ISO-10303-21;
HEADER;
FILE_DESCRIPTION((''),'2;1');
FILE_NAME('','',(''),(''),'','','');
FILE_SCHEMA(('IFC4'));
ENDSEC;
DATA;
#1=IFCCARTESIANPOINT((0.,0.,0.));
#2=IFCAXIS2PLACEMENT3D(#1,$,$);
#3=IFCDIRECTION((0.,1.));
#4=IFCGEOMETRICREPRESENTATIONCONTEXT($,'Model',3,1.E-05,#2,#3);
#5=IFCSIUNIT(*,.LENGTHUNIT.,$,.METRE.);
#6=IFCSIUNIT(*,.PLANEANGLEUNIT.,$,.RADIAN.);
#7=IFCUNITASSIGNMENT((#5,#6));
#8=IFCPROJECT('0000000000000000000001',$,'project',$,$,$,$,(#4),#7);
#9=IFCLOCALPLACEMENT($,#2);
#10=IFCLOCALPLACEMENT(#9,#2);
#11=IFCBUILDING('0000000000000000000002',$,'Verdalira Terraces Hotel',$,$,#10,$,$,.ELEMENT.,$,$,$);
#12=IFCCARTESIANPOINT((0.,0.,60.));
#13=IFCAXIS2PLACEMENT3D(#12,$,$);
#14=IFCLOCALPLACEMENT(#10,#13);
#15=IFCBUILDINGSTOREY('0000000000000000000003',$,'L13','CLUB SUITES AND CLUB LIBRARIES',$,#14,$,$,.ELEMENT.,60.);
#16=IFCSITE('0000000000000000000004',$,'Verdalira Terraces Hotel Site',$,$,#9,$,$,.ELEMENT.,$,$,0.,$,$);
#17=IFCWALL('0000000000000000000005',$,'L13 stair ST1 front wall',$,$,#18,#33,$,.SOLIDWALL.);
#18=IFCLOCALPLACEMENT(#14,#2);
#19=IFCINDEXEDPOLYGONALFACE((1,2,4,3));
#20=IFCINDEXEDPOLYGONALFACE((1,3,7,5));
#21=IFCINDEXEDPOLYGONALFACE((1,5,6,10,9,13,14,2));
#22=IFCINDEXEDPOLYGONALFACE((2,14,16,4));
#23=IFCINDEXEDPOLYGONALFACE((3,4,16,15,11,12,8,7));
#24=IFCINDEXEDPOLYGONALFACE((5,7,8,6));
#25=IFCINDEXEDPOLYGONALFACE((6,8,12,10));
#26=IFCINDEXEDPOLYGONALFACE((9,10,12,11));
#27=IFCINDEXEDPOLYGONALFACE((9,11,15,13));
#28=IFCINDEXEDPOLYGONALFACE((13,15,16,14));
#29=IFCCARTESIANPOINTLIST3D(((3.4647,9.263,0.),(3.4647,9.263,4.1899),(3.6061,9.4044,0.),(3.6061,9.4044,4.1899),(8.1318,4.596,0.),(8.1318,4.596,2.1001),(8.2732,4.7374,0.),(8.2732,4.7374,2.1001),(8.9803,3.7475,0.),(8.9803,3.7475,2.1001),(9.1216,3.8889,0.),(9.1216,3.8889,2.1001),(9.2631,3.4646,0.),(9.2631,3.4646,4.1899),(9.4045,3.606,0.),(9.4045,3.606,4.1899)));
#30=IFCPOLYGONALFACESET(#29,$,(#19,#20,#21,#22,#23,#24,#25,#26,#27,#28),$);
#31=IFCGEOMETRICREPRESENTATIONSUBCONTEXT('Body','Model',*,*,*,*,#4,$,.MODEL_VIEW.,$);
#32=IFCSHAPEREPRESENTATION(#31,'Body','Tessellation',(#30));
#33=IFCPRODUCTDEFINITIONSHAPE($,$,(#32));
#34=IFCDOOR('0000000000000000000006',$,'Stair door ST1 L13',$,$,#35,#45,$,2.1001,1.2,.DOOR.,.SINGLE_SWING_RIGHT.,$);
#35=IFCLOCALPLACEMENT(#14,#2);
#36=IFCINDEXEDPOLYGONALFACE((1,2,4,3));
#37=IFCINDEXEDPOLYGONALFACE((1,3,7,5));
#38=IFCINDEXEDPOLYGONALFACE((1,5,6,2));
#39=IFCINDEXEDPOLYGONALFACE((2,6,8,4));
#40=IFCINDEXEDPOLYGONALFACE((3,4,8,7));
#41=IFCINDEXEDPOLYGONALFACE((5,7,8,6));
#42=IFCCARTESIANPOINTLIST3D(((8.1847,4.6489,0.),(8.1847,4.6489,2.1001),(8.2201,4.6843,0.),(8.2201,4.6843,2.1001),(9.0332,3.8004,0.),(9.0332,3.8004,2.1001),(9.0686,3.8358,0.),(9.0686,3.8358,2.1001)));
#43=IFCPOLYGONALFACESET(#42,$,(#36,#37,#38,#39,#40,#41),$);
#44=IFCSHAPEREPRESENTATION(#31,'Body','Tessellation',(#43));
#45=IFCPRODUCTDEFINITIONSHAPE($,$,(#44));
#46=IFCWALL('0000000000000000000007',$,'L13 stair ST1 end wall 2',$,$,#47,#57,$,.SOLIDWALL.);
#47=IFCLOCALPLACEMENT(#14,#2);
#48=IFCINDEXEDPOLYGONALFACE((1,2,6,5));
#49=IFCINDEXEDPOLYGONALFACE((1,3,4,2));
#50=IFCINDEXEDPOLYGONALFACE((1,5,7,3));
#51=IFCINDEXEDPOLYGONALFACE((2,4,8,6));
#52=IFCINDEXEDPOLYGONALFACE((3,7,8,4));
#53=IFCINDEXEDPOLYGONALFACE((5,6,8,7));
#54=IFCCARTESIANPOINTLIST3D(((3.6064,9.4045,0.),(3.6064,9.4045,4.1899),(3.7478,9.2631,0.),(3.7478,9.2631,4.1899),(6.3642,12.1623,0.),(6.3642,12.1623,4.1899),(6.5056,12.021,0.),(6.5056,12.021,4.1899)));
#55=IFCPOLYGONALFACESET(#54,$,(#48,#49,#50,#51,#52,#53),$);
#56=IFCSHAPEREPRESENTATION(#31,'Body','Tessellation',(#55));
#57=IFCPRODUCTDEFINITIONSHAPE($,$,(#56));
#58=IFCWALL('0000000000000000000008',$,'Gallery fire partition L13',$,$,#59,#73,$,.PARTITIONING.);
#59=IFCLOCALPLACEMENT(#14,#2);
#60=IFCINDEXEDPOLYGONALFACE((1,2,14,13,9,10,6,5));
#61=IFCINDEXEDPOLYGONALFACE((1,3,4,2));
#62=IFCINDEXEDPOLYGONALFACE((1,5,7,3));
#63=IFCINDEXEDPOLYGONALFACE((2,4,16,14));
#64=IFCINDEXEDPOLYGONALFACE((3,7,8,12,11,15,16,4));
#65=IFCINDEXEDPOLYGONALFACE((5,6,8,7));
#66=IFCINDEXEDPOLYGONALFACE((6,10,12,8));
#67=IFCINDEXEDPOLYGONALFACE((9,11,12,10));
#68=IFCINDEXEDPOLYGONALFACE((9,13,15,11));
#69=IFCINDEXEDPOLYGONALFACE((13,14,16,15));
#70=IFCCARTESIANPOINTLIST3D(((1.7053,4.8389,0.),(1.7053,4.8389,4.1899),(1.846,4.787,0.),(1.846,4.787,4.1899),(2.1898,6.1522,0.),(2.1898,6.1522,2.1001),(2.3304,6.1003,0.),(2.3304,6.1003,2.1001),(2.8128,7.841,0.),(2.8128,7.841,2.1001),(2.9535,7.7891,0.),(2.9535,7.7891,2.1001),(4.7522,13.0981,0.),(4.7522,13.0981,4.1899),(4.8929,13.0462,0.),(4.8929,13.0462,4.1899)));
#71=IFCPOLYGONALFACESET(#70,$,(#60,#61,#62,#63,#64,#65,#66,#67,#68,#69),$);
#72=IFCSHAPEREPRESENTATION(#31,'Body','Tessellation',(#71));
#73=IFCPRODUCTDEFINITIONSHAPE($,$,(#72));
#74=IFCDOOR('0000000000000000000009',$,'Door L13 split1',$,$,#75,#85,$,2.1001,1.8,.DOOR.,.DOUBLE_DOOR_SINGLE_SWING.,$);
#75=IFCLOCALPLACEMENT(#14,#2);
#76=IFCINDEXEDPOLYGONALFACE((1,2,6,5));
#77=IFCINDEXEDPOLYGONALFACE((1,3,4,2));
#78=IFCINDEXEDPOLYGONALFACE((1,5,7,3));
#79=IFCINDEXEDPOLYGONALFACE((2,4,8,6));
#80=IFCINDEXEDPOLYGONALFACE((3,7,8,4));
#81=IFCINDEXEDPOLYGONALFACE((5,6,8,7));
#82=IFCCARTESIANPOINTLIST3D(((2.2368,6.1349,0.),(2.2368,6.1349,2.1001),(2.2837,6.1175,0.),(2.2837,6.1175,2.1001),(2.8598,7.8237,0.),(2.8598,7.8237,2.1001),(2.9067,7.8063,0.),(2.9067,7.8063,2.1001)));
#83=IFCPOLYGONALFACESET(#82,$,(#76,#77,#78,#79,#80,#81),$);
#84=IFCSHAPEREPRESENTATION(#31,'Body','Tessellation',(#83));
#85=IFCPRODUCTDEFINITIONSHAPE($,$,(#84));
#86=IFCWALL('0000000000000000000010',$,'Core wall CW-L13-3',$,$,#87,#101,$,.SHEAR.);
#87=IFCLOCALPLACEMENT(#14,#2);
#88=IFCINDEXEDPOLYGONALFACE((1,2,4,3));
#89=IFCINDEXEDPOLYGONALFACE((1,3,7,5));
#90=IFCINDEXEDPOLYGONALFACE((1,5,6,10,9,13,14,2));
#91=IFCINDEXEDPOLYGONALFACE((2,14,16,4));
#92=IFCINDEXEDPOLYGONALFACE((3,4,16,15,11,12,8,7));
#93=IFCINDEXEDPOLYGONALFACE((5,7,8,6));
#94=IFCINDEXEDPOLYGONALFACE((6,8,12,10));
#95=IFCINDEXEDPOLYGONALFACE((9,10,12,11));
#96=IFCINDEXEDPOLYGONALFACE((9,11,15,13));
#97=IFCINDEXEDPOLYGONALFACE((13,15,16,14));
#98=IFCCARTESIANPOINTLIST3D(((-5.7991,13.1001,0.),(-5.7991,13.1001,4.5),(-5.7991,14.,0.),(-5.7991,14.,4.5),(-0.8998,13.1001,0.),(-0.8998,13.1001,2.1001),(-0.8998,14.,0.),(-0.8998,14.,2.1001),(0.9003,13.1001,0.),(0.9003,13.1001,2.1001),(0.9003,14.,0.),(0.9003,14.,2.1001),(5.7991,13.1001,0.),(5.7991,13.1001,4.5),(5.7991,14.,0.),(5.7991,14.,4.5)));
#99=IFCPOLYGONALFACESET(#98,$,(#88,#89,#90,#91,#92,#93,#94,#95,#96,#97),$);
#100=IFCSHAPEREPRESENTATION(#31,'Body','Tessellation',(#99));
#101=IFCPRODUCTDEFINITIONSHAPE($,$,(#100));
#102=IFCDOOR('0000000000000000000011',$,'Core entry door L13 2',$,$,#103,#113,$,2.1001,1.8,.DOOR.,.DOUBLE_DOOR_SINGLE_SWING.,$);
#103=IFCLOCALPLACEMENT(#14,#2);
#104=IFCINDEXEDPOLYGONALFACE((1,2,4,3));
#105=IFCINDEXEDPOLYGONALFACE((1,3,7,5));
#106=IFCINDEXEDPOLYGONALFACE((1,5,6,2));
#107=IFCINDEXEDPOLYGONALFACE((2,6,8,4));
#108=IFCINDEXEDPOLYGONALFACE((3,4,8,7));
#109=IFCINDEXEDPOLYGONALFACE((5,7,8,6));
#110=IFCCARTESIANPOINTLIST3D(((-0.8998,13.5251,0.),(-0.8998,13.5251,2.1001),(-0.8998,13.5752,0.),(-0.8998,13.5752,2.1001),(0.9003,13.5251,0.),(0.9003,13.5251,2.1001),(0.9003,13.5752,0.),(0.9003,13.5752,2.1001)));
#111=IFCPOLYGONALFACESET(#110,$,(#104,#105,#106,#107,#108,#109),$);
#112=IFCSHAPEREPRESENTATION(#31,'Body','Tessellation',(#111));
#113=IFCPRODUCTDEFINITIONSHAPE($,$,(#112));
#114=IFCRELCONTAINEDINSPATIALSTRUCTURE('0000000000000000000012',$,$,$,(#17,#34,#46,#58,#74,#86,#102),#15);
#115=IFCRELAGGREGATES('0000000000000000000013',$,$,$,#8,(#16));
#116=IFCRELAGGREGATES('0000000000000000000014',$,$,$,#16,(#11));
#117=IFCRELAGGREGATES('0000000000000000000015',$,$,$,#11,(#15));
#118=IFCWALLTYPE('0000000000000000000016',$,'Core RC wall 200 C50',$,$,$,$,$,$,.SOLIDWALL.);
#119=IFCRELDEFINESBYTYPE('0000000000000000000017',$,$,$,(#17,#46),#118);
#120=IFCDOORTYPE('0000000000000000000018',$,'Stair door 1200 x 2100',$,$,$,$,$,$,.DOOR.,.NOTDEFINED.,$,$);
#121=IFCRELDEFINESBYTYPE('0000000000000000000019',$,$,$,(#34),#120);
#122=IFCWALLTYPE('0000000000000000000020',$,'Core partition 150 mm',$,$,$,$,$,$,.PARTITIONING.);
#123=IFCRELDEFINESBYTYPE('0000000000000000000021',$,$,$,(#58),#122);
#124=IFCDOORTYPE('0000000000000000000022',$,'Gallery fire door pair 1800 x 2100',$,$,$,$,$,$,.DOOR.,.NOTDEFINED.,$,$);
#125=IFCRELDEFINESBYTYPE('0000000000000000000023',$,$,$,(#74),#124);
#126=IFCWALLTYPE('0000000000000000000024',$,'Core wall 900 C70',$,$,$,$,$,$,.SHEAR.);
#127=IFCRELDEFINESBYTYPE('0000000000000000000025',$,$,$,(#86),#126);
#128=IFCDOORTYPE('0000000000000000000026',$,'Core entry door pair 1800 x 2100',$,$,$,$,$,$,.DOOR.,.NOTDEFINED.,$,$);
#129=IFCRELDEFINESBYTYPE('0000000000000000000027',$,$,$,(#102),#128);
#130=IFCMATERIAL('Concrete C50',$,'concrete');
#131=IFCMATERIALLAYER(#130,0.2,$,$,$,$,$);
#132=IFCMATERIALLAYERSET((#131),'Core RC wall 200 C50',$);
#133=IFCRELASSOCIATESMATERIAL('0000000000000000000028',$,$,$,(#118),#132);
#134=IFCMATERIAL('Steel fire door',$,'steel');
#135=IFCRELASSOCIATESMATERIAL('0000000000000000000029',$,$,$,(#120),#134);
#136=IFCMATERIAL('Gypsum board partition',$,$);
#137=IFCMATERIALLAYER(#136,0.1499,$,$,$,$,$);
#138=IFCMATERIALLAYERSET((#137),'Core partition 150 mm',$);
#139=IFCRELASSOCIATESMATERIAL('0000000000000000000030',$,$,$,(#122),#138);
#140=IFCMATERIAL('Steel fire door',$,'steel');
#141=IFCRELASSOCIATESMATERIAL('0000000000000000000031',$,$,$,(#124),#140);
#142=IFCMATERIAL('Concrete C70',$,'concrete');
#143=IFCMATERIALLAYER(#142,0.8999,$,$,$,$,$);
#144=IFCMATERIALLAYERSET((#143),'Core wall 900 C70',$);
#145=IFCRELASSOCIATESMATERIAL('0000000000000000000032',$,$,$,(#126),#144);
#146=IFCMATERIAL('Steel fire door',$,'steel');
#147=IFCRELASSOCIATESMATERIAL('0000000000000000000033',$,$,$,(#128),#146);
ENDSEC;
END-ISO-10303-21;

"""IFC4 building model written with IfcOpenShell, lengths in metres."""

from ifc_helpers import new_model, si_unit, direction, frame, frame_2d, origin, place, context, subcontext, project, spatial, rectangle, extrude, material, layer, layer_set, type_object, element, fill, save


model = new_model("IFC4")

# Units and contexts
model_context = context("Model", 3, precision=1e-05, world=origin(), true_north=direction((0.0, 1.0)))
body_context = subcontext(model_context, "Body", "Model", "MODEL_VIEW")
ifc_project = project(units=[si_unit("LENGTHUNIT", "METRE"), si_unit("PLANEANGLEUNIT", "RADIAN")], contexts=[model_context])

# Site, building, storey
site_placement = place(None, origin())
site = spatial("IfcSite", under=ifc_project, at=site_placement, Name="Verdalira Terraces Hotel Site", CompositionType="ELEMENT", RefElevation=0.0)
building_placement = place(site_placement, origin())
building = spatial("IfcBuilding", under=site, at=building_placement, Name="Verdalira Terraces Hotel", CompositionType="ELEMENT")
storey_placement = place(building_placement, frame((0.0, 0.0, 60.0)))
storey = spatial("IfcBuildingStorey", under=building, at=storey_placement, Name="L13", Description="CLUB SUITES AND CLUB LIBRARIES", CompositionType="ELEMENT", Elevation=60.0)

# Shared definitions
ifc_material_1 = material(Name="Concrete C50", Category="concrete")
ifc_layer_1 = layer(ifc_material_1, 0.2)
ifc_layer_set_1 = layer_set([ifc_layer_1], Name="Core RC wall 200 C50")
wall_type_1 = type_object("IfcWallType", Name="Core RC wall 200 C50", PredefinedType="SOLIDWALL", material=ifc_layer_set_1)

# Wall, opening, door
wall_1_placement = place(storey_placement, frame((3.5354, 9.3337, 0.0), z_axis=(0.0, 0.0, 1.0), x_axis=(0.707107, -0.707107, 0.0)))
wall_1 = element("IfcWall", 1, at=wall_1_placement, inside=storey, type_object=wall_type_1, Name="L13 stair ST1 front wall", PredefinedType="SOLIDWALL", context=body_context, shape_type="SweptSolid", body=[
    extrude(rectangle(XDim=8.2002, YDim=0.2, at=frame_2d((4.1001, 0.0))), origin(), (0.0, 0.0, 1.0), 4.1899),
])
opening_1_placement = place(wall_1_placement, frame((6.6001, 0.0, 0.0)))
opening_1 = element("IfcOpeningElement", 2, at=opening_1_placement, cuts=wall_1, PredefinedType="OPENING", context=body_context, shape_type="SweptSolid", body=[
    extrude(rectangle(XDim=1.2, YDim=2.1001, at=frame_2d((0.6001, 1.05))), frame((0.0, 0.1099, 0.0), z_axis=(0.0, -1.0, 0.0), x_axis=(1.0, 0.0, 0.0)), (0.0, 0.0, 1.0), 0.22),
])
ifc_material_2 = material(Name="Steel fire door", Category="steel")
door_type_1 = type_object("IfcDoorType", Name="Stair door 1200 x 2100", OperationType="NOTDEFINED", PredefinedType="DOOR", material=ifc_material_2)
door_1_placement = place(opening_1_placement, origin())
door_1 = element("IfcDoor", 3, at=door_1_placement, inside=storey, type_object=door_type_1, Name="Stair door ST1 L13", OperationType="SINGLE_SWING_RIGHT", OverallHeight=2.1001, OverallWidth=1.2, PredefinedType="DOOR", context=body_context, shape_type="SweptSolid", body=[
    extrude(rectangle(XDim=1.2, YDim=2.1001, at=frame_2d((0.6001, 1.05))), frame((0.0, 0.0249, 0.0), z_axis=(0.0, -1.0, 0.0), x_axis=(1.0, 0.0, 0.0)), (0.0, 0.0, 1.0), 0.05),
])
fill(opening_1, door_1)

# Wall
wall_2_placement = place(storey_placement, frame((3.677, 9.3337, 0.0), z_axis=(0.0, 0.0, 1.0), x_axis=(0.707107, 0.707107, 0.0)))
element("IfcWall", 4, at=wall_2_placement, inside=storey, type_object=wall_type_1, Name="L13 stair ST1 end wall 2", PredefinedType="SOLIDWALL", context=body_context, shape_type="SweptSolid", body=[
    extrude(rectangle(XDim=3.9001, YDim=0.2, at=frame_2d((1.9502, 0.0))), origin(), (0.0, 0.0, 1.0), 4.1899),
])

# Walls, openings, doors
ifc_material_3 = material(Name="Gypsum board partition")
ifc_layer_2 = layer(ifc_material_3, 0.1499)
ifc_layer_set_2 = layer_set([ifc_layer_2], Name="Core partition 150 mm")
wall_type_2 = type_object("IfcWallType", Name="Core partition 150 mm", PredefinedType="PARTITIONING", material=ifc_layer_set_2)
wall_3_placement = place(storey_placement, frame((1.7756, 4.813, 0.0), z_axis=(0.0, 0.0, 1.0), x_axis=(0.346113, 0.938193, 0.0)))
wall_3 = element("IfcWall", 5, at=wall_3_placement, inside=storey, type_object=wall_type_2, Name="Gallery fire partition L13", PredefinedType="PARTITIONING", context=body_context, shape_type="SweptSolid", body=[
    extrude(rectangle(XDim=8.8032, YDim=0.1499, at=frame_2d((4.4016, 0.0))), origin(), (0.0, 0.0, 1.0), 4.1899),
])
opening_2_placement = place(wall_3_placement, frame((1.3999, 0.0, 0.0)))
opening_2 = element("IfcOpeningElement", 6, at=opening_2_placement, cuts=wall_3, PredefinedType="OPENING", context=body_context, shape_type="SweptSolid", body=[
    extrude(rectangle(XDim=1.8, YDim=2.1001, at=frame_2d((0.8999, 1.05))), frame((0.0, 0.085, 0.0), z_axis=(0.0, -1.0, 0.0), x_axis=(1.0, 0.0, 0.0)), (0.0, 0.0, 1.0), 0.1699),
])
ifc_material_4 = material(Name="Steel fire door", Category="steel")
door_type_2 = type_object("IfcDoorType", Name="Gallery fire door pair 1800 x 2100", OperationType="NOTDEFINED", PredefinedType="DOOR", material=ifc_material_4)
door_2_placement = place(opening_2_placement, origin())
door_2 = element("IfcDoor", 7, at=door_2_placement, inside=storey, type_object=door_type_2, Name="Door L13 split1", OperationType="DOUBLE_DOOR_SINGLE_SWING", OverallHeight=2.1001, OverallWidth=1.8, PredefinedType="DOOR", context=body_context, shape_type="SweptSolid", body=[
    extrude(rectangle(XDim=1.8, YDim=2.1001, at=frame_2d((0.8999, 1.05))), frame((0.0, 0.0249, 0.0), z_axis=(0.0, -1.0, 0.0), x_axis=(1.0, 0.0, 0.0)), (0.0, 0.0, 1.0), 0.05),
])
fill(opening_2, door_2)
ifc_material_5 = material(Name="Concrete C70", Category="concrete")
ifc_layer_3 = layer(ifc_material_5, 0.8999)
ifc_layer_set_3 = layer_set([ifc_layer_3], Name="Core wall 900 C70")
wall_type_3 = type_object("IfcWallType", Name="Core wall 900 C70", PredefinedType="SHEAR", material=ifc_layer_set_3)
wall_4_placement = place(storey_placement, frame((5.7991, 13.55, 0.0), z_axis=(0.0, 0.0, 1.0), x_axis=(-1.0, 0.0, 0.0)))
wall_4 = element("IfcWall", 8, at=wall_4_placement, inside=storey, type_object=wall_type_3, Name="Core wall CW-L13-3", PredefinedType="SHEAR", context=body_context, shape_type="SweptSolid", body=[
    extrude(rectangle(XDim=11.5981, YDim=0.8999, at=frame_2d((5.7991, 0.0))), origin(), (0.0, 0.0, 1.0), 4.5),
])
opening_3_placement = place(wall_4_placement, frame((4.8989, 0.0, 0.0)))
opening_3 = element("IfcOpeningElement", 9, at=opening_3_placement, cuts=wall_4, PredefinedType="OPENING", context=body_context, shape_type="SweptSolid", body=[
    extrude(rectangle(XDim=1.8, YDim=2.1001, at=frame_2d((0.8999, 1.05))), frame((0.0, 0.46, 0.0), z_axis=(0.0, -1.0, 0.0), x_axis=(1.0, 0.0, 0.0)), (0.0, 0.0, 1.0), 0.9199),
])
ifc_material_6 = material(Name="Steel fire door", Category="steel")
door_type_3 = type_object("IfcDoorType", Name="Core entry door pair 1800 x 2100", OperationType="NOTDEFINED", PredefinedType="DOOR", material=ifc_material_6)
door_3_placement = place(opening_3_placement, origin())
door_3 = element("IfcDoor", 10, at=door_3_placement, inside=storey, type_object=door_type_3, Name="Core entry door L13 2", OperationType="DOUBLE_DOOR_SINGLE_SWING", OverallHeight=2.1001, OverallWidth=1.8, PredefinedType="DOOR", context=body_context, shape_type="SweptSolid", body=[
    extrude(rectangle(XDim=1.8, YDim=2.1001, at=frame_2d((0.8999, 1.05))), frame((0.0, 0.0249, 0.0), z_axis=(0.0, -1.0, 0.0), x_axis=(1.0, 0.0, 0.0)), (0.0, 0.0, 1.0), 0.05),
])
fill(opening_3, door_3)

save(model, "model.ifc")
